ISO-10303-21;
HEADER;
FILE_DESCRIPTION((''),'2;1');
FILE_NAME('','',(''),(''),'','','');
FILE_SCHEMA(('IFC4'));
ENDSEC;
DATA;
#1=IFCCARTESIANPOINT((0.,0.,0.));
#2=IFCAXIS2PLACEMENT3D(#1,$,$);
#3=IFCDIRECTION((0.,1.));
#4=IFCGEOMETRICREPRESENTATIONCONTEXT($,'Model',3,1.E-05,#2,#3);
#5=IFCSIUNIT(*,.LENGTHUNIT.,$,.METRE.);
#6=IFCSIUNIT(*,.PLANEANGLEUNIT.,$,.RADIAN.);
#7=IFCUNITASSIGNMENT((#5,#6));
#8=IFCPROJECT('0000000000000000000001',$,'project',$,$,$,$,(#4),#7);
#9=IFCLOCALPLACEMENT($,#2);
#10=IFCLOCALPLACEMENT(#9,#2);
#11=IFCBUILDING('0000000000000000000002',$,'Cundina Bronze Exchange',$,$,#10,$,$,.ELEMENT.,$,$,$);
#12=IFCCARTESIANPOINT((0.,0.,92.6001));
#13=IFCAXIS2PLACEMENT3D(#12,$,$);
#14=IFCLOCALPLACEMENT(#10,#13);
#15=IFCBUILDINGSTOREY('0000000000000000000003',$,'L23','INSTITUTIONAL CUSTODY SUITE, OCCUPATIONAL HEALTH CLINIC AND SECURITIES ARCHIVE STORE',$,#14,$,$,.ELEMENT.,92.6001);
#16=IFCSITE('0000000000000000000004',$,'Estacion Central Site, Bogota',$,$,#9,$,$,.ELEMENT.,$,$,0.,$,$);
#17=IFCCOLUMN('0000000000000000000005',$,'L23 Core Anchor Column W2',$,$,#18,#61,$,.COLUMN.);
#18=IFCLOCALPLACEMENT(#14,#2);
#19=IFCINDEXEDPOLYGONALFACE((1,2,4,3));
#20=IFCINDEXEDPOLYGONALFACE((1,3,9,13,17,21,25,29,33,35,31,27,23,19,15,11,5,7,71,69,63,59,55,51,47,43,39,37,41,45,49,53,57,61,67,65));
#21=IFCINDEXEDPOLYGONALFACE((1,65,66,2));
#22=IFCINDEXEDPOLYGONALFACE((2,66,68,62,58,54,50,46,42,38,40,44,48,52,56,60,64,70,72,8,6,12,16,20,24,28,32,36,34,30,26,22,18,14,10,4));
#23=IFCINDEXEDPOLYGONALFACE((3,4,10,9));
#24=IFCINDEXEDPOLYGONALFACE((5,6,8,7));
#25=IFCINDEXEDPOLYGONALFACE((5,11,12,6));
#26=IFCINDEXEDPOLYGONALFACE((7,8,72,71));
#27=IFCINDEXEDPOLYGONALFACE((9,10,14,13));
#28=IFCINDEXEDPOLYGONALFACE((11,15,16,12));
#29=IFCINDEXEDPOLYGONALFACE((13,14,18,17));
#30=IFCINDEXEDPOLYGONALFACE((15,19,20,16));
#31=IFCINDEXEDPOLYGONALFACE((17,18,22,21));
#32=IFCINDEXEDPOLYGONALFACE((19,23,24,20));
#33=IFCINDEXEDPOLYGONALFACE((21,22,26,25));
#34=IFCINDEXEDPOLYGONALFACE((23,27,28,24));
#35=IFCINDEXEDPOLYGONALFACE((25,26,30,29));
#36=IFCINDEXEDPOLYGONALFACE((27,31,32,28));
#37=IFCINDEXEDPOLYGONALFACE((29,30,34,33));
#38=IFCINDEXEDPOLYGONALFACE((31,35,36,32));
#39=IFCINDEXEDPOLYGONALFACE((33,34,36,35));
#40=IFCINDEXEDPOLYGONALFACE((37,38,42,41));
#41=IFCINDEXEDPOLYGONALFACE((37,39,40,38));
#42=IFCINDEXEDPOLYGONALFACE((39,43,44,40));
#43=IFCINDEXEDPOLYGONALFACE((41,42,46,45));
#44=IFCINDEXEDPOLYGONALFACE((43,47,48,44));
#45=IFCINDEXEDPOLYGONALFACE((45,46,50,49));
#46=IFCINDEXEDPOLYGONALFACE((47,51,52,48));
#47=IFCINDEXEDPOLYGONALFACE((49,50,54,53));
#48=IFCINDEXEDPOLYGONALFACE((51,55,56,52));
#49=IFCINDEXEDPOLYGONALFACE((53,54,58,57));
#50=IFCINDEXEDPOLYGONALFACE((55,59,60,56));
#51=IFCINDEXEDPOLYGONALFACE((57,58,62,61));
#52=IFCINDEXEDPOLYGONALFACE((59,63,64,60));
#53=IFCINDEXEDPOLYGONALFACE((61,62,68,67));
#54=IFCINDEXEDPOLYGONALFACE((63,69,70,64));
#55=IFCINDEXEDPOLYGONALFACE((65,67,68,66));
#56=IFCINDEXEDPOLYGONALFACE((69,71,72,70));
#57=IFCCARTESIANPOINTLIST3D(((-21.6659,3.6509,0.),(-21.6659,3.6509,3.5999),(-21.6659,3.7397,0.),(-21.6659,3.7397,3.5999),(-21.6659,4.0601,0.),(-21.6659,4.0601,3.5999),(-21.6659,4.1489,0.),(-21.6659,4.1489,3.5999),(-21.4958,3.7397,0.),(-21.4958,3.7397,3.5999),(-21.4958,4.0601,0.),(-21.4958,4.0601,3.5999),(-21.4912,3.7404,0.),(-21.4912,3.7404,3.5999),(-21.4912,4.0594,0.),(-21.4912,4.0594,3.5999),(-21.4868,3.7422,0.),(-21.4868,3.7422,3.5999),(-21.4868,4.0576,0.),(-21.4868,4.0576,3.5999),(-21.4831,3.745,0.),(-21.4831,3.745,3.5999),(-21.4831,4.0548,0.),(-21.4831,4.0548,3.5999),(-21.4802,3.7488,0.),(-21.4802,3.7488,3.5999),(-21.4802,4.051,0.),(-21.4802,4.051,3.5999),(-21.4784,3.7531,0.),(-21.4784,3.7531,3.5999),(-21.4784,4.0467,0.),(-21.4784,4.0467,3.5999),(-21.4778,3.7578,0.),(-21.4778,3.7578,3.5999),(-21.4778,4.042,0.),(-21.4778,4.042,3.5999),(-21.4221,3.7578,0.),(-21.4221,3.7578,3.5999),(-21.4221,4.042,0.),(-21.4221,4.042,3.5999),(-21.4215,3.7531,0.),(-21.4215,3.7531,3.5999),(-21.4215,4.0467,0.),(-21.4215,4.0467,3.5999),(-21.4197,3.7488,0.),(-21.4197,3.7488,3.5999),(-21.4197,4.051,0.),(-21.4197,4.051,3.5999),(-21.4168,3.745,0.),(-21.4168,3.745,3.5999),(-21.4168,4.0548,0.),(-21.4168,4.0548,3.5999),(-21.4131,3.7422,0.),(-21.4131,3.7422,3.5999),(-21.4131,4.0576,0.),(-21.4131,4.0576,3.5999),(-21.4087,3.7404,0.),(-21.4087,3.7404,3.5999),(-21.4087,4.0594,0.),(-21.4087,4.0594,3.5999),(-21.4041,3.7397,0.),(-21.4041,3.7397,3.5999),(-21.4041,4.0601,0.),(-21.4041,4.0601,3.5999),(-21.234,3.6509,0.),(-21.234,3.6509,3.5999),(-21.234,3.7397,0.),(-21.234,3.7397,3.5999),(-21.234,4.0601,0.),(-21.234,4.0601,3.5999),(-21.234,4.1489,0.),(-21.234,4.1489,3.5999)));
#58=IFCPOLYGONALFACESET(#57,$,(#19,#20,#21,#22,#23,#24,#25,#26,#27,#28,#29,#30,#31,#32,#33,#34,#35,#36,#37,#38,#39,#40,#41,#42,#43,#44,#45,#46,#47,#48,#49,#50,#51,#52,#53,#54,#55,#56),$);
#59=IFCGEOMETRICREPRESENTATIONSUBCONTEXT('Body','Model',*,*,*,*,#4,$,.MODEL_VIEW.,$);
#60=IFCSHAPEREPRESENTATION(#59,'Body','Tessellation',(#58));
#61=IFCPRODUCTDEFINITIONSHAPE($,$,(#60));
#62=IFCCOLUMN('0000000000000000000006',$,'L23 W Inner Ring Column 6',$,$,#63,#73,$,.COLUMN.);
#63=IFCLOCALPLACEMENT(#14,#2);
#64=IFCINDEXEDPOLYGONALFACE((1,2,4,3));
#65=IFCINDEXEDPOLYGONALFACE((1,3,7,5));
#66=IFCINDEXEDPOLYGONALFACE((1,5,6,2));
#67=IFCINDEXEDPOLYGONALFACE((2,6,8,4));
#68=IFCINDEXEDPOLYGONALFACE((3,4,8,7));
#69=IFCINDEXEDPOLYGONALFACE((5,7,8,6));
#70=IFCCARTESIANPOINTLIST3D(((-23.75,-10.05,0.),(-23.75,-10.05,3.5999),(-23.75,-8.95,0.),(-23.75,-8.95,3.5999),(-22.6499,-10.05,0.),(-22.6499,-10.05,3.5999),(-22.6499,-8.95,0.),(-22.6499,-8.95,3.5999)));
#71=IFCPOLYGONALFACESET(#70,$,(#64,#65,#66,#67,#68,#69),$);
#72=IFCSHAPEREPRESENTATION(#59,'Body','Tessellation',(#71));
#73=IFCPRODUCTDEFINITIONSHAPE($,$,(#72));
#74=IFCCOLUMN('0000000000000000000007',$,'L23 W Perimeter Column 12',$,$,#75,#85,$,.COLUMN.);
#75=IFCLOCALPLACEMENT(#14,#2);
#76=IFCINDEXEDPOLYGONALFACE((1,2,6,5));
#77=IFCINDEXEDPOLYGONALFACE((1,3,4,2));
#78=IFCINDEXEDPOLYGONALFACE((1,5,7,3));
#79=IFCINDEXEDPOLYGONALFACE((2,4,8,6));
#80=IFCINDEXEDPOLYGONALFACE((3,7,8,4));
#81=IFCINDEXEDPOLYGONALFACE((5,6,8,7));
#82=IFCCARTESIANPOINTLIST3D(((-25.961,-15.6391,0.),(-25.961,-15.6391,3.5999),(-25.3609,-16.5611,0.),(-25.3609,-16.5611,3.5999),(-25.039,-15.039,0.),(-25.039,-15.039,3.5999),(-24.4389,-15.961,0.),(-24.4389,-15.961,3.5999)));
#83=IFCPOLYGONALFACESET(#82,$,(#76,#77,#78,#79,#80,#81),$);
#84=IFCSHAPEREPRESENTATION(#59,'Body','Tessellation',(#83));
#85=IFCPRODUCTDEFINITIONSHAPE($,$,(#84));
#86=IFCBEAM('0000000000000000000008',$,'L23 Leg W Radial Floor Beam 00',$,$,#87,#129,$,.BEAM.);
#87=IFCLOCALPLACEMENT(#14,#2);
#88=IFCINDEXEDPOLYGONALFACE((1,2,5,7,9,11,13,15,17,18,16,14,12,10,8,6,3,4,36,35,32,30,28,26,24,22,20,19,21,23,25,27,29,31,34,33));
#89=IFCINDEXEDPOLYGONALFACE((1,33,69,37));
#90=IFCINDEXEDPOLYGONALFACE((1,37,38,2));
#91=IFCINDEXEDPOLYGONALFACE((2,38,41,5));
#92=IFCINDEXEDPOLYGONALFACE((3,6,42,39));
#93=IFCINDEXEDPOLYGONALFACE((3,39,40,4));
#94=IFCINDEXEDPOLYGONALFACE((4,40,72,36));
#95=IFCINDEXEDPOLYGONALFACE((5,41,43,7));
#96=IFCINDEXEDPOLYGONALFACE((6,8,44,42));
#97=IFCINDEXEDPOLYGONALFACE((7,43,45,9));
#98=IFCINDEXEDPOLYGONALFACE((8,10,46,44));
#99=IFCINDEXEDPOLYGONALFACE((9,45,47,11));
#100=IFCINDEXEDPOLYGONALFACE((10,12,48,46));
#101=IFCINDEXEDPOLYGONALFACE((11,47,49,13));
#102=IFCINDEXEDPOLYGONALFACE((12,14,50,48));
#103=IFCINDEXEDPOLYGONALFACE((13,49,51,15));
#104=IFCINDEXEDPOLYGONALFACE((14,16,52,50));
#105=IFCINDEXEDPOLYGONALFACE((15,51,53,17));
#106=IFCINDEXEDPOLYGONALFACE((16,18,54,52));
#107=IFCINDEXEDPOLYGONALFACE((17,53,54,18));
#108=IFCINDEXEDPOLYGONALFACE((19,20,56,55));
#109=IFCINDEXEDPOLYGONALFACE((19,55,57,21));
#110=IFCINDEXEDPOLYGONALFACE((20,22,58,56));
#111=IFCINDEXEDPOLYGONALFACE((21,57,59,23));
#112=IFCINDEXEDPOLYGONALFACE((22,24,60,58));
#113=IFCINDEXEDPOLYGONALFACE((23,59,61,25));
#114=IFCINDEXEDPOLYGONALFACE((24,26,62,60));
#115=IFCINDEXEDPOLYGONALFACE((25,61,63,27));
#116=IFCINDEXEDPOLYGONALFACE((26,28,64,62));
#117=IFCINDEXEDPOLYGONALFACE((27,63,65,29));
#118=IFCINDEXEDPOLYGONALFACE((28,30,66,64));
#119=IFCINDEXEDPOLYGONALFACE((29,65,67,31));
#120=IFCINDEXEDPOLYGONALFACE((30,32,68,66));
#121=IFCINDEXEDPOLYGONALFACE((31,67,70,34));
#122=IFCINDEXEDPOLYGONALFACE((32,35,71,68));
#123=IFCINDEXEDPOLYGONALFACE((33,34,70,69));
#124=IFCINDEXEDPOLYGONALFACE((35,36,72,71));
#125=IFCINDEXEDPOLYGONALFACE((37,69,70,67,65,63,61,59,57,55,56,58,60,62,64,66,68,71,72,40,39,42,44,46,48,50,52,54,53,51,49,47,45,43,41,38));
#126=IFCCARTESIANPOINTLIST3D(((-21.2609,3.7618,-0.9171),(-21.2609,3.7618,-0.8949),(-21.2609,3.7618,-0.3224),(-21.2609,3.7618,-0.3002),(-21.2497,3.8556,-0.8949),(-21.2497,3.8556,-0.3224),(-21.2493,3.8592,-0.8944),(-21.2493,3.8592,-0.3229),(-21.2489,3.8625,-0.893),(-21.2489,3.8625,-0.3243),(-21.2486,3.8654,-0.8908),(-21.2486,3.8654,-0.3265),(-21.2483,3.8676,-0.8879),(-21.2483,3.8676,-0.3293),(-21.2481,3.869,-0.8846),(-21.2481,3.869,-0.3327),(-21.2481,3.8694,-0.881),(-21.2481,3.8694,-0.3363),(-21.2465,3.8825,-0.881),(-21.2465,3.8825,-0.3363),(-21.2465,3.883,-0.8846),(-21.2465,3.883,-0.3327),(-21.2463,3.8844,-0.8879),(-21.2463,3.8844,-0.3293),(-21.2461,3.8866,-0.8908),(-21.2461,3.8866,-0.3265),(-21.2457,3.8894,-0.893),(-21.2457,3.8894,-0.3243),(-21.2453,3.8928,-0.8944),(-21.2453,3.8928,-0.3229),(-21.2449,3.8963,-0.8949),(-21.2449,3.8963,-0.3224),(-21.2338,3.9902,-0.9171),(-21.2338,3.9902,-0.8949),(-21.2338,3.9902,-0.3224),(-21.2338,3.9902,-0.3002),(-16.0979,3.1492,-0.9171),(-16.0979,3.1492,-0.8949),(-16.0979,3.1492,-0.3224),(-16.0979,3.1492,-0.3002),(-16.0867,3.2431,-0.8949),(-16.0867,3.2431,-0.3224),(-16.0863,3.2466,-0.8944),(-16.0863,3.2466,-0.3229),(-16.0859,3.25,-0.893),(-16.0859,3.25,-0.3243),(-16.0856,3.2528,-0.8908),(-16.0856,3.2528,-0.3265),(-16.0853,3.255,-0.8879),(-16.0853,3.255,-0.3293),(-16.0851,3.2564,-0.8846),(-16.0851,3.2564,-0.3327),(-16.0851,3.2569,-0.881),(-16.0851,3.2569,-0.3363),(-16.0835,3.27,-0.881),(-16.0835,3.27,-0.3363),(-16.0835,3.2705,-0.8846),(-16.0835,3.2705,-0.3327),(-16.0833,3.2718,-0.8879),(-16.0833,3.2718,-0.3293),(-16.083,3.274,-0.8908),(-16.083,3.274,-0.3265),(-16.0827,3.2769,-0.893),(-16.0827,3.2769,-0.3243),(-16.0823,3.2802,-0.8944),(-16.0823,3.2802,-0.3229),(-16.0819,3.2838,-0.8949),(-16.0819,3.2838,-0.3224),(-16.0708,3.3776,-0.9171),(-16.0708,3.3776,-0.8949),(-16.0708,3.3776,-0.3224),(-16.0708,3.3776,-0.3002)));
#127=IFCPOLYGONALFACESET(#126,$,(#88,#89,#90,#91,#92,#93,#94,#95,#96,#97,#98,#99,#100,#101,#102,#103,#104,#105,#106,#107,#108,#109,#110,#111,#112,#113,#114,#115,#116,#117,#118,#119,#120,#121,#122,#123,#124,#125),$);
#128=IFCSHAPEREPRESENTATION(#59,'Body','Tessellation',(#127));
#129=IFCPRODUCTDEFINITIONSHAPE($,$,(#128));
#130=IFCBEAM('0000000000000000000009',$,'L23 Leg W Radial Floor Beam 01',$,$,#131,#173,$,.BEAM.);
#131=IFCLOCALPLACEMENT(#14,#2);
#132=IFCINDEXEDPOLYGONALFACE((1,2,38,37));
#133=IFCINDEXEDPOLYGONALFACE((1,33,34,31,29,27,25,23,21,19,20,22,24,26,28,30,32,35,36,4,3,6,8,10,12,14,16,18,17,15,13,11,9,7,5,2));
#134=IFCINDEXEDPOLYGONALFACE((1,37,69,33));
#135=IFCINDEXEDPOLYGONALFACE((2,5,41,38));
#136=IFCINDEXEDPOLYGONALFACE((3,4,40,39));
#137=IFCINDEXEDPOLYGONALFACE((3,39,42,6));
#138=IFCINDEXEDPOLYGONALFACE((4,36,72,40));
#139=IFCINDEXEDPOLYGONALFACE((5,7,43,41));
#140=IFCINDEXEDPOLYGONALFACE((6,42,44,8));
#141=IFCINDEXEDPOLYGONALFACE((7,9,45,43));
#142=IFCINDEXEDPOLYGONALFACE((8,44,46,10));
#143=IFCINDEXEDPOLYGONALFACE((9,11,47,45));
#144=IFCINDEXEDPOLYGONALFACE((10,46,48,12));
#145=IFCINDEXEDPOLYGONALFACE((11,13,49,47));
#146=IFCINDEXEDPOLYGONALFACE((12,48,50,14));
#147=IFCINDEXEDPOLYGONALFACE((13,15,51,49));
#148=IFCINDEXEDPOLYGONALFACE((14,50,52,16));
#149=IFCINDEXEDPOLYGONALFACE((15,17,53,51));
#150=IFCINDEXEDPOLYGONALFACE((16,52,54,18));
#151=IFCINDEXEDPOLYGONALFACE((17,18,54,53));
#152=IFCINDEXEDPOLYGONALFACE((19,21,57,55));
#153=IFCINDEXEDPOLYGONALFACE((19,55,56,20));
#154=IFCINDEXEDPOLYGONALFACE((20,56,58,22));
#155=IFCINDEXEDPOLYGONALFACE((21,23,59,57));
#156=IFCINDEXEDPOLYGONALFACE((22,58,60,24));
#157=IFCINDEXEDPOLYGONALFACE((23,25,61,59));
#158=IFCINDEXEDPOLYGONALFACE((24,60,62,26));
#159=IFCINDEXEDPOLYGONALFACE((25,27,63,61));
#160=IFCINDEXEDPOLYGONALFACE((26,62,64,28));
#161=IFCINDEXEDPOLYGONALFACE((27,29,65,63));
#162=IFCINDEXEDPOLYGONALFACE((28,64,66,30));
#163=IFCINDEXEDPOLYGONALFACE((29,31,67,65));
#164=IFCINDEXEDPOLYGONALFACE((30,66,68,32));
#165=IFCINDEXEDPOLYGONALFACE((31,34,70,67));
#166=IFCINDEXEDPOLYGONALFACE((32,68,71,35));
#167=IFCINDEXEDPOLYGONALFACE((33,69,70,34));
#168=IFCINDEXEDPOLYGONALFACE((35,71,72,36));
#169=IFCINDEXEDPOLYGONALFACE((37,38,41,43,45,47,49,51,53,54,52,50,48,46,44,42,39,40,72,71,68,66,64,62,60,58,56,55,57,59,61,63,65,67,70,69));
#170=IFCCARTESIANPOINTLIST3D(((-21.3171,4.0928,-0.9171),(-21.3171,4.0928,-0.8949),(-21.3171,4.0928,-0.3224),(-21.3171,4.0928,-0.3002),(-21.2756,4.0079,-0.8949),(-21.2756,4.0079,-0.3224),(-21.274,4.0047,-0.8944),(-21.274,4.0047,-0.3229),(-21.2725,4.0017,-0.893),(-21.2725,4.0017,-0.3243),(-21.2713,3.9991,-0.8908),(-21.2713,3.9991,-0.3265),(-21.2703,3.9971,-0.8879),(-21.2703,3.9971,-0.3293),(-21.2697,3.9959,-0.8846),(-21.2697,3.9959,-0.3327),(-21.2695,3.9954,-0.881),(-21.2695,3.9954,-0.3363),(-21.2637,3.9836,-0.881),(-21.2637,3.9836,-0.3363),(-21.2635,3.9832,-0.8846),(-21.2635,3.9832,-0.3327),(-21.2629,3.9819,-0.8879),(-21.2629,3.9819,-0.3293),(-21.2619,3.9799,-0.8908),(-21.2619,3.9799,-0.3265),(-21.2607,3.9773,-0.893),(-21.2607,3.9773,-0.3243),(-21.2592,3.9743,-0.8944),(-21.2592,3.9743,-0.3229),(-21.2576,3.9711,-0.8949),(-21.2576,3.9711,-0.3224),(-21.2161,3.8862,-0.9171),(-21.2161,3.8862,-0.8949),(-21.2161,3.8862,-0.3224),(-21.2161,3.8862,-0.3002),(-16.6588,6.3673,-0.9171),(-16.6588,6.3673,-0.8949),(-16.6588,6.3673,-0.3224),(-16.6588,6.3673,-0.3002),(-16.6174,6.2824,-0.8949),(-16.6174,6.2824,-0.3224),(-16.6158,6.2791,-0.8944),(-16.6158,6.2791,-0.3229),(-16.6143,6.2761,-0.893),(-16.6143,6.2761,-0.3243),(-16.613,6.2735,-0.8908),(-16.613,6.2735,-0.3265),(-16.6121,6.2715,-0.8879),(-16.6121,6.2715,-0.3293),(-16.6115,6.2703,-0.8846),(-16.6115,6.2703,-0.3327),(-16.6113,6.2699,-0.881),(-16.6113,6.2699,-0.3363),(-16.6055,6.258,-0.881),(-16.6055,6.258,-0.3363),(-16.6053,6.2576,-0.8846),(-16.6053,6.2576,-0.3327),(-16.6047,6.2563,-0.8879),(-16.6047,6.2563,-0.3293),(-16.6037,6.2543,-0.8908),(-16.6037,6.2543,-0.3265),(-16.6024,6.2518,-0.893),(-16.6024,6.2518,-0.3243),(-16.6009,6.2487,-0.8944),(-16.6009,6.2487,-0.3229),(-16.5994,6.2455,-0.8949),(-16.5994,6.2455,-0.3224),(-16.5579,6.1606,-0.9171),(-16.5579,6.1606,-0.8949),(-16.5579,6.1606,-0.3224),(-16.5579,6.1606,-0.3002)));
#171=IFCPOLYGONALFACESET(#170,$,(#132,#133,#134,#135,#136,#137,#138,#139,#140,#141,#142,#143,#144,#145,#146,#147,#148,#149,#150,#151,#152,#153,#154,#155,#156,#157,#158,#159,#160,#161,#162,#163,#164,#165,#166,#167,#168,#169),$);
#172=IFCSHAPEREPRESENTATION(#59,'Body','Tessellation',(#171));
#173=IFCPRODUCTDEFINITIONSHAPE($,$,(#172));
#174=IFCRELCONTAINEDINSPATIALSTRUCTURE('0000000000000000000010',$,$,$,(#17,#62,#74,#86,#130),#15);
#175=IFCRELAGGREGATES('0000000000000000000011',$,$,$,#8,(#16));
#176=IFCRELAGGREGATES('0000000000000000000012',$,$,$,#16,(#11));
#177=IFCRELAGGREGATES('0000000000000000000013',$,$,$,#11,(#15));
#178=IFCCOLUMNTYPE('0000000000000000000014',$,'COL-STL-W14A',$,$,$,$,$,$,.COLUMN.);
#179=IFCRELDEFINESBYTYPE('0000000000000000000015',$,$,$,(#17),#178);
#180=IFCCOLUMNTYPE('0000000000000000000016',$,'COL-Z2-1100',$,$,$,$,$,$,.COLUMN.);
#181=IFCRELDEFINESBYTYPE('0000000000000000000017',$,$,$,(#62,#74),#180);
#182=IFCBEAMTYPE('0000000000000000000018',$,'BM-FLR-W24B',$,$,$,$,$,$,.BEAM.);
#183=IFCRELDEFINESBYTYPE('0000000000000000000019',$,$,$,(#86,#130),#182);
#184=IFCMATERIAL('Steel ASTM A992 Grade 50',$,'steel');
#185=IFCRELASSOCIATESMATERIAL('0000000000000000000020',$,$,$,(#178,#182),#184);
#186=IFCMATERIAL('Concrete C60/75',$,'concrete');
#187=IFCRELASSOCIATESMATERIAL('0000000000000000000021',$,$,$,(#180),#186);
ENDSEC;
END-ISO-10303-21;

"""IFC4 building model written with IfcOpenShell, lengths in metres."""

from ifc_helpers import new_model, si_unit, direction, frame, origin, origin_2d, place, context, subcontext, project, spatial, rectangle, i_section, extrude, material, material_profile, profile_set, type_object, element, save


model = new_model("IFC4")

# Units and contexts
model_context = context("Model", 3, precision=1e-05, world=origin(), true_north=direction((0.0, 1.0)))
body_context = subcontext(model_context, "Body", "Model", "MODEL_VIEW")
ifc_project = project(units=[si_unit("LENGTHUNIT", "METRE"), si_unit("PLANEANGLEUNIT", "RADIAN")], contexts=[model_context])

# Site, building, storey
site_placement = place(None, origin())
site = spatial("IfcSite", under=ifc_project, at=site_placement, Name="Estacion Central Site, Bogota", CompositionType="ELEMENT", RefElevation=0.0)
building_placement = place(site_placement, origin())
building = spatial("IfcBuilding", under=site, at=building_placement, Name="Cundina Bronze Exchange", CompositionType="ELEMENT")
storey_placement = place(building_placement, frame((0.0, 0.0, 92.6001)))
storey = spatial("IfcBuildingStorey", under=building, at=storey_placement, Name="L23", Description="INSTITUTIONAL CUSTODY SUITE, OCCUPATIONAL HEALTH CLINIC AND SECURITIES ARCHIVE STORE", CompositionType="ELEMENT", Elevation=92.6001)

# Columns
ifc_material_1 = material(Name="Steel ASTM A992 Grade 50", Category="steel")
ifc_material_profile_1 = material_profile(ifc_material_1, i_section(OverallWidth=0.4319, OverallDepth=0.498, WebThickness=0.0557, FlangeThickness=0.0889, FilletRadius=0.0181, at=origin_2d()), Name="W14X500", Category="steel")
ifc_profile_set_1 = profile_set([ifc_material_profile_1], Name="Steel ASTM A992 Grade 50")
column_type_1 = type_object("IfcColumnType", Name="COL-STL-W14A", PredefinedType="COLUMN", material=ifc_profile_set_1)
column_placement = place(storey_placement, frame((-21.45, 3.8999, 0.0), z_axis=(0.0, 0.0, 1.0), x_axis=(1.0, 0.0, 0.0)))
element("IfcColumn", 1, at=column_placement, inside=storey, type_object=column_type_1, Name="L23 Core Anchor Column W2", PredefinedType="COLUMN", context=body_context, shape_type="SweptSolid", body=[
    extrude(i_section(OverallWidth=0.4319, OverallDepth=0.498, WebThickness=0.0557, FlangeThickness=0.0889, FilletRadius=0.0181, at=origin_2d()), origin(), (0.0, 0.0, 1.0), 3.5999),
])
ifc_material_2 = material(Name="Concrete C60/75", Category="concrete")
ifc_material_profile_2 = material_profile(ifc_material_2, rectangle(XDim=1.1001, YDim=1.1001, at=origin_2d()), Name="RC1100X1100", Category="concrete")
ifc_profile_set_2 = profile_set([ifc_material_profile_2], Name="Concrete C60/75")
column_type_2 = type_object("IfcColumnType", Name="COL-Z2-1100", PredefinedType="COLUMN", material=ifc_profile_set_2)
for number, where, z_axis, x_axis, name in (
    (2, (-23.2, -9.5, 0.0), (0.0, 0.0, 1.0), (1.0, 0.0, 0.0), "L23 W Inner Ring Column 6"),
    (3, (-25.2, -15.8, 0.0), (0.0, 0.0, 1.0), (0.8381, 0.545517, 0.0), "L23 W Perimeter Column 12"),
):
    element("IfcColumn", number, at=place(storey_placement, frame(where, z_axis=z_axis, x_axis=x_axis)), inside=storey, type_object=column_type_2, Name=name, PredefinedType="COLUMN", context=body_context, shape_type="SweptSolid", body=[
        extrude(rectangle(XDim=1.1001, YDim=1.1001, at=origin_2d()), origin(), (0.0, 0.0, 1.0), 3.5999),
    ])

# Beams
ifc_material_profile_3 = material_profile(ifc_material_1, i_section(OverallWidth=0.23, OverallDepth=0.6169, WebThickness=0.0132, FlangeThickness=0.0222, FilletRadius=0.0139, at=origin_2d()), Name="W24X94", Category="steel")
ifc_profile_set_3 = profile_set([ifc_material_profile_3], Name="Steel ASTM A992 Grade 50")
beam_type_1 = type_object("IfcBeamType", Name="BM-FLR-W24B", PredefinedType="BEAM", material=ifc_profile_set_3)
beam_1_placement = place(storey_placement, frame((-21.2473, 3.876, -0.6086), z_axis=(0.993036, -0.117814, 0.0), x_axis=(0.117814, 0.993036, 0.0)))
element("IfcBeam", 4, at=beam_1_placement, inside=storey, type_object=beam_type_1, Name="L23 Leg W Radial Floor Beam 00", PredefinedType="BEAM", context=body_context, shape_type="SweptSolid", body=[
    extrude(i_section(OverallWidth=0.23, OverallDepth=0.6169, WebThickness=0.0132, FlangeThickness=0.0222, FilletRadius=0.0139, at=origin_2d()), origin(), (0.0, 0.0, 1.0), 5.1992),
])
beam_2_placement = place(storey_placement, frame((-21.2666, 3.9895, -0.6086), z_axis=(0.898607, 0.438754, 0.0), x_axis=(-0.438754, 0.898607, 0.0)))
element("IfcBeam", 5, at=beam_2_placement, inside=storey, type_object=beam_type_1, Name="L23 Leg W Radial Floor Beam 01", PredefinedType="BEAM", context=body_context, shape_type="SweptSolid", body=[
    extrude(i_section(OverallWidth=0.23, OverallDepth=0.6169, WebThickness=0.0132, FlangeThickness=0.0222, FilletRadius=0.0139, at=origin_2d()), origin(), (0.0, 0.0, 1.0), 5.1838),
])

save(model, "model.ifc")
